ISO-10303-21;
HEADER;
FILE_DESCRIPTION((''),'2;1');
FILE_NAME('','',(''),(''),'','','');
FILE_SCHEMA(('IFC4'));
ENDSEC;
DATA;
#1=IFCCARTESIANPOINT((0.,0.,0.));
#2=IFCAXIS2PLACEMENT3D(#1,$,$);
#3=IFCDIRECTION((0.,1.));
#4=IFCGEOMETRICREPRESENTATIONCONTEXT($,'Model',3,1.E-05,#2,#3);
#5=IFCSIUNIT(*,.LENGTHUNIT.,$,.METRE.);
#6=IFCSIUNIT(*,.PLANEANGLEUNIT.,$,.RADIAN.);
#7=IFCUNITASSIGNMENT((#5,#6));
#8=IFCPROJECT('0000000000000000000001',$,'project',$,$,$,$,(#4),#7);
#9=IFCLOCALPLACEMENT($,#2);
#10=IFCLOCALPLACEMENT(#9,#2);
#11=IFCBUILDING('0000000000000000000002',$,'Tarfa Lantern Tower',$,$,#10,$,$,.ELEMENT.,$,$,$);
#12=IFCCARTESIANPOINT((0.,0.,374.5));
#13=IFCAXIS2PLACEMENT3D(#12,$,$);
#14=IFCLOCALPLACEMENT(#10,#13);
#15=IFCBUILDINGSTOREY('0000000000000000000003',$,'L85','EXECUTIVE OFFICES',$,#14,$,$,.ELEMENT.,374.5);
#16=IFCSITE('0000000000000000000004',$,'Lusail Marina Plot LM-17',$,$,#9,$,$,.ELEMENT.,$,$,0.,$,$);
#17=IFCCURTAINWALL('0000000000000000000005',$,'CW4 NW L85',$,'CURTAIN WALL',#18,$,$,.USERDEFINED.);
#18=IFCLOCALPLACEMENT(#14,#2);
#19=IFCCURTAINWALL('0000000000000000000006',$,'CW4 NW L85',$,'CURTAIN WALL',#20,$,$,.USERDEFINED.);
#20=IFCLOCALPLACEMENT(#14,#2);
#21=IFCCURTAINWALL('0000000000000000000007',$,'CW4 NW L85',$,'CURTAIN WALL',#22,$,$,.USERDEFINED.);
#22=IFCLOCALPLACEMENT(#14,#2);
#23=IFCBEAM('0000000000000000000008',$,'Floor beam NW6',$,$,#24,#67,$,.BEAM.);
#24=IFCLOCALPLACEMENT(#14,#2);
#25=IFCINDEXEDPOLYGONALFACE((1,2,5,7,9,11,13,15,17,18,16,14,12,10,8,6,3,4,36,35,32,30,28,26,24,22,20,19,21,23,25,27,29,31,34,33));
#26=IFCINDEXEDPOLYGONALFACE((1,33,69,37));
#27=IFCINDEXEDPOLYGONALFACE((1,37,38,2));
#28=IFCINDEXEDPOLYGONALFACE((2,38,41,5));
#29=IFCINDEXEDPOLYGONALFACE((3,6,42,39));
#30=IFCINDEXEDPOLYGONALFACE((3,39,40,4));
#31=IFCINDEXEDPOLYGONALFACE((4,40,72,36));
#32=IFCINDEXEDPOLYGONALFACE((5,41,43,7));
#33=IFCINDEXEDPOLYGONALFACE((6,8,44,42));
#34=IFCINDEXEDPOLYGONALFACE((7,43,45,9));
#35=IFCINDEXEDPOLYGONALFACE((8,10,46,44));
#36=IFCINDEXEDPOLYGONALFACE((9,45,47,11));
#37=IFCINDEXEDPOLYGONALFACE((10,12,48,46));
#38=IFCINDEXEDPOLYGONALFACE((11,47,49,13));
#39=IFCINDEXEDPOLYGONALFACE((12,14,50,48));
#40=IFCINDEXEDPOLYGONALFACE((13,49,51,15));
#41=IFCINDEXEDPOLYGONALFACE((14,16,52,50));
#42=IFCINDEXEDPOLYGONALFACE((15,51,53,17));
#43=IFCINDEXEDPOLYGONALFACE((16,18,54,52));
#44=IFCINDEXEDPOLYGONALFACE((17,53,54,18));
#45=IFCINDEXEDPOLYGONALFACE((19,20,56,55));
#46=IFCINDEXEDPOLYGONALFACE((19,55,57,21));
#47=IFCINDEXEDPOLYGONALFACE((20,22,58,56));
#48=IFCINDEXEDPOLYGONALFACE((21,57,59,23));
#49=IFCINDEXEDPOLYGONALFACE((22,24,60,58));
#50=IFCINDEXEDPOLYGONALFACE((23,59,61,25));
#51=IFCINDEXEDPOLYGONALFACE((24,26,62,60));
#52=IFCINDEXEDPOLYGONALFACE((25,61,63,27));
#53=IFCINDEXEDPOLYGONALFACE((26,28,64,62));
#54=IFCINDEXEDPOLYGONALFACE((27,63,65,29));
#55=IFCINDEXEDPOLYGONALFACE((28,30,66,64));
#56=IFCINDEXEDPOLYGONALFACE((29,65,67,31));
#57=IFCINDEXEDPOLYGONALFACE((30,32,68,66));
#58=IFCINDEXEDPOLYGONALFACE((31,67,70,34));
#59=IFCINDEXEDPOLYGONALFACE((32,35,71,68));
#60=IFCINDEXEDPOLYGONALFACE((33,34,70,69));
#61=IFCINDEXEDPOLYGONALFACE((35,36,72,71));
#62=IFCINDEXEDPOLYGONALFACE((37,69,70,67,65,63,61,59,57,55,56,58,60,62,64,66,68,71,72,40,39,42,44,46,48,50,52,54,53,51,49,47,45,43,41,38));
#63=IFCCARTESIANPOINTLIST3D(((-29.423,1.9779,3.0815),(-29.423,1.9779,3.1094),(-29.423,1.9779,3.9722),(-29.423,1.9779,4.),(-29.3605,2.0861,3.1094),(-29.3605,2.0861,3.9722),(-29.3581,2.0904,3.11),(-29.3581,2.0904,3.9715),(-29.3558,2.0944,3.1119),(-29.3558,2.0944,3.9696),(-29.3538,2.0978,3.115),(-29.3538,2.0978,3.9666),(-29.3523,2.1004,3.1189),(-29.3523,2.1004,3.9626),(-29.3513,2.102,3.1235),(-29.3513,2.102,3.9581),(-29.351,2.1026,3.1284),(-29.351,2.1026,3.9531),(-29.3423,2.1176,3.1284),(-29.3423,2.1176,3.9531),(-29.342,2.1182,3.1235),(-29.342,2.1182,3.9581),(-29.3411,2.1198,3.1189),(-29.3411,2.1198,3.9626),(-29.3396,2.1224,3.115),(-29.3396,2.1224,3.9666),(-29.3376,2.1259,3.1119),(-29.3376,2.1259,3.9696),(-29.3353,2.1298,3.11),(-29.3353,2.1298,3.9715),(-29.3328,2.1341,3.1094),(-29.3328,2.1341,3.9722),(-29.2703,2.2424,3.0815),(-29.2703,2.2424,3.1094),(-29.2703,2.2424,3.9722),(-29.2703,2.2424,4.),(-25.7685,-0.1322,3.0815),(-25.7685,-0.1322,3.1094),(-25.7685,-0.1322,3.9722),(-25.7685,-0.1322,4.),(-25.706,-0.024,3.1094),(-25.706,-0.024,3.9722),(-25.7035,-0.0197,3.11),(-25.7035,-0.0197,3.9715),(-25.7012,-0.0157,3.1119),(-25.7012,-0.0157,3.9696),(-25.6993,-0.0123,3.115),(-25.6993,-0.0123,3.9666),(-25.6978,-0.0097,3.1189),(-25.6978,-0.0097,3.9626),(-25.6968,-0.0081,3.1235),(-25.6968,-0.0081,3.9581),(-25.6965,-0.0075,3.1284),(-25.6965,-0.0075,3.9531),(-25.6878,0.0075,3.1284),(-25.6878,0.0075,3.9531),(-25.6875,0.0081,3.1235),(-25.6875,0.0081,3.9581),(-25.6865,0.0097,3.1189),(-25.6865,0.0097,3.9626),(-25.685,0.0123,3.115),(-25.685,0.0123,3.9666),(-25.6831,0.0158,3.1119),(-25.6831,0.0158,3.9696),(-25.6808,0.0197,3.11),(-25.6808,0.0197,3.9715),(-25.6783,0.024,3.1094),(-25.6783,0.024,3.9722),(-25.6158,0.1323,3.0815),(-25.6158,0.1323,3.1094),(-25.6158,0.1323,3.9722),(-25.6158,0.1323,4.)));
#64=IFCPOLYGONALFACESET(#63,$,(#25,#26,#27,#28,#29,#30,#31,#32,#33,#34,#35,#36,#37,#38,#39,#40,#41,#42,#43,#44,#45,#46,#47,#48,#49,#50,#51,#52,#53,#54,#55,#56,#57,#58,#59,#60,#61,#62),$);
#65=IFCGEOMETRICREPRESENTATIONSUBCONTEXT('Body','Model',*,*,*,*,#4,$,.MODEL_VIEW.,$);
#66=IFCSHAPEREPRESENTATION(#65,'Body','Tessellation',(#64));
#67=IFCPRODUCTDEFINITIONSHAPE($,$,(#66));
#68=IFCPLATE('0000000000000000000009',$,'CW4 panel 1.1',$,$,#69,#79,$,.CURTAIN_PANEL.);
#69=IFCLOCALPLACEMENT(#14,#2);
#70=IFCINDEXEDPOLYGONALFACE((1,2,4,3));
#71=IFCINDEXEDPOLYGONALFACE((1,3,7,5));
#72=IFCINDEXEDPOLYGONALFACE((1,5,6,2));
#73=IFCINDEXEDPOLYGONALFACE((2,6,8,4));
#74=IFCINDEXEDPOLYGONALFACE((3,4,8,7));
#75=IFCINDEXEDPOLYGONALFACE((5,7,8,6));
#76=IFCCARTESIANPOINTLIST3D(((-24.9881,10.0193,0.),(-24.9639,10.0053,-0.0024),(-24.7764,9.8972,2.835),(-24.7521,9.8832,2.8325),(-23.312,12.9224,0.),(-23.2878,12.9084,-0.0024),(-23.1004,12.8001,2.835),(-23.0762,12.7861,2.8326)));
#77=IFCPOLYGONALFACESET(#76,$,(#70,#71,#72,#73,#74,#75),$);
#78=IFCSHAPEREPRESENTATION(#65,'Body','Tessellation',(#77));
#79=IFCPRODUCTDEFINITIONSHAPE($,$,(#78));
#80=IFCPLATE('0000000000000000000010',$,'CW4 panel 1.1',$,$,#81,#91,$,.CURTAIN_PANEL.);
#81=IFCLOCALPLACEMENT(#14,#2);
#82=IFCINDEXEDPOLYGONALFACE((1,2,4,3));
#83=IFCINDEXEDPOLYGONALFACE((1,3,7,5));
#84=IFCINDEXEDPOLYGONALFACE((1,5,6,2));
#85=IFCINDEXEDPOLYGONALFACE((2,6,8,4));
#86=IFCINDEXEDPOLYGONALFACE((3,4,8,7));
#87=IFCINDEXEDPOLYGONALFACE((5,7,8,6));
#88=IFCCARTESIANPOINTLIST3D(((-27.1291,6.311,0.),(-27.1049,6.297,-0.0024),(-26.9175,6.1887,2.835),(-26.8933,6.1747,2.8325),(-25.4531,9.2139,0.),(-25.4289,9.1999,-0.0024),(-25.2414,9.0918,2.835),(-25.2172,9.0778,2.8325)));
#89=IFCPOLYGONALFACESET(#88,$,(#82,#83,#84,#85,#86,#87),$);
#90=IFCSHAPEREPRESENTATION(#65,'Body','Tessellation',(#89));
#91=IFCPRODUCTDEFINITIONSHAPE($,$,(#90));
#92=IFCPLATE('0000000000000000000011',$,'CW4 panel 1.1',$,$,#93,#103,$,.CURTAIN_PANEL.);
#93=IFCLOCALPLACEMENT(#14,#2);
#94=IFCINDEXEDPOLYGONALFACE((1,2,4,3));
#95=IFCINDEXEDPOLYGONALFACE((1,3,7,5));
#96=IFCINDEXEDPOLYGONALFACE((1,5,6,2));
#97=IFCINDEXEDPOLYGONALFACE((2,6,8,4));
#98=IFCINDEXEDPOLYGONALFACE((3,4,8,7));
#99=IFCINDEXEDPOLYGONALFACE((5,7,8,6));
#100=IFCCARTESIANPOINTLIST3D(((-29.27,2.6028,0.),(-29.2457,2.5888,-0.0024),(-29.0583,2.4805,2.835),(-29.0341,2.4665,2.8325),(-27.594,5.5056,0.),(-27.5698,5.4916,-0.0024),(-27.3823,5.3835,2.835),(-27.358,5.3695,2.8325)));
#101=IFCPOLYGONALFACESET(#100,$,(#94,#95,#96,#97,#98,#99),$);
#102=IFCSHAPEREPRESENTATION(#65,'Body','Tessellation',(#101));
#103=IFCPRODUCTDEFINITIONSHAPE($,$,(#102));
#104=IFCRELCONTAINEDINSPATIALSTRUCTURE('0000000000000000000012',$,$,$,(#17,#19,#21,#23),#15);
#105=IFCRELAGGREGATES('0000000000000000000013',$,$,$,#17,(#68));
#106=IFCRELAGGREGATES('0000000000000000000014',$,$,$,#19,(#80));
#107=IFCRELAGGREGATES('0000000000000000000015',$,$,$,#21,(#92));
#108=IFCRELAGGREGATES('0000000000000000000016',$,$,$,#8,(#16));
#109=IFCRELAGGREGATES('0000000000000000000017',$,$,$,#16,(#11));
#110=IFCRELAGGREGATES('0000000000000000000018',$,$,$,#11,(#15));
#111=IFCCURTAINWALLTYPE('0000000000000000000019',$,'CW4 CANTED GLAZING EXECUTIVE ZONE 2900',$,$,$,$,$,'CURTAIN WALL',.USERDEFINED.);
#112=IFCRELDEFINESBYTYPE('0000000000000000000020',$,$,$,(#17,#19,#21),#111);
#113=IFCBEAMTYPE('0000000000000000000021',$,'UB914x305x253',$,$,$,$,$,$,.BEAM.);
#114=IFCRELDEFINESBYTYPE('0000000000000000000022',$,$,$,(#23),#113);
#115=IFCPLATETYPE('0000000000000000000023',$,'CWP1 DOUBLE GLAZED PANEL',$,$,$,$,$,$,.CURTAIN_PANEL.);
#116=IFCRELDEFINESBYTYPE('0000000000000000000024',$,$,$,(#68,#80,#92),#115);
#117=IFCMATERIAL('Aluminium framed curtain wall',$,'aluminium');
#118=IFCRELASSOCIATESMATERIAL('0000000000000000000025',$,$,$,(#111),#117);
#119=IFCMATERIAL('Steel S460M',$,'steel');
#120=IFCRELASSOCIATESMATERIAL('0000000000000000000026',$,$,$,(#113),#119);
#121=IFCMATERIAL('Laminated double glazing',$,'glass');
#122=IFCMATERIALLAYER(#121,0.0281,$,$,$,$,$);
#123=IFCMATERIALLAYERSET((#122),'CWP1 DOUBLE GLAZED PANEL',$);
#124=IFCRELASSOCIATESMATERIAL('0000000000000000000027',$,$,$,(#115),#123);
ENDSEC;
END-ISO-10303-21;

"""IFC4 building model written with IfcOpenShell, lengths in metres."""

from ifc_helpers import new_model, si_unit, direction, frame, origin, origin_2d, place, context, subcontext, project, spatial, polyline, i_section, outline, extrude, material, layer, layer_set, material_profile, profile_set, type_object, element, aggregate, save


model = new_model("IFC4")

# Units and contexts
model_context = context("Model", 3, precision=1e-05, world=origin(), true_north=direction((0.0, 1.0)))
body_context = subcontext(model_context, "Body", "Model", "MODEL_VIEW")
ifc_project = project(units=[si_unit("LENGTHUNIT", "METRE"), si_unit("PLANEANGLEUNIT", "RADIAN")], contexts=[model_context])

# Site, building, storey
site_placement = place(None, origin())
site = spatial("IfcSite", under=ifc_project, at=site_placement, Name="Lusail Marina Plot LM-17", CompositionType="ELEMENT", RefElevation=0.0)
building_placement = place(site_placement, origin())
building = spatial("IfcBuilding", under=site, at=building_placement, Name="Tarfa Lantern Tower", CompositionType="ELEMENT")
storey_placement = place(building_placement, frame((0.0, 0.0, 374.5)))
storey = spatial("IfcBuildingStorey", under=building, at=storey_placement, Name="L85", Description="EXECUTIVE OFFICES", CompositionType="ELEMENT", Elevation=374.5)

# Curtain walls
ifc_material_1 = material(Name="Aluminium framed curtain wall", Category="aluminium")
curtain_wall_type = type_object("IfcCurtainWallType", Name="CW4 CANTED GLAZING EXECUTIVE ZONE 2900", ElementType="CURTAIN WALL", PredefinedType="USERDEFINED", material=ifc_material_1)
curtain_wall_1_placement = place(storey_placement, origin())
curtain_wall_1 = element("IfcCurtainWall", 1, at=curtain_wall_1_placement, inside=storey, type_object=curtain_wall_type, Name="CW4 NW L85", ObjectType="CURTAIN WALL", PredefinedType="USERDEFINED")
curtain_wall_2_placement = place(storey_placement, origin())
curtain_wall_2 = element("IfcCurtainWall", 2, at=curtain_wall_2_placement, inside=storey, type_object=curtain_wall_type, Name="CW4 NW L85", ObjectType="CURTAIN WALL", PredefinedType="USERDEFINED")
curtain_wall_3_placement = place(storey_placement, origin())
curtain_wall_3 = element("IfcCurtainWall", 3, at=curtain_wall_3_placement, inside=storey, type_object=curtain_wall_type, Name="CW4 NW L85", ObjectType="CURTAIN WALL", PredefinedType="USERDEFINED")

# Beam
ifc_material_2 = material(Name="Steel S460M", Category="steel")
ifc_material_profile_1 = material_profile(ifc_material_2, i_section(OverallWidth=0.3054, OverallDepth=0.9185, WebThickness=0.0173, FlangeThickness=0.0278, FilletRadius=0.019, at=origin_2d()), Name="UB914x305x253")
ifc_profile_set_1 = profile_set([ifc_material_profile_1], Name="Steel S460M")
beam_type_1 = type_object("IfcBeamType", Name="UB914x305x253", PredefinedType="BEAM", material=ifc_profile_set_1)
beam_1_placement = place(storey_placement, frame((-29.3467, 2.1101, 3.5408), z_axis=(0.866009, -0.500028, 0.0), x_axis=(0.500028, 0.866009, 0.0)))
element("IfcBeam", 4, at=beam_1_placement, inside=storey, type_object=beam_type_1, Name="Floor beam NW6", PredefinedType="BEAM", context=body_context, shape_type="SweptSolid", body=[
    extrude(i_section(OverallWidth=0.3054, OverallDepth=0.9185, WebThickness=0.0173, FlangeThickness=0.0278, FilletRadius=0.019, at=origin_2d()), origin(), (0.0, 0.0, 1.0), 4.22),
])

# Plates
ifc_material_3 = material(Name="Laminated double glazing", Category="glass")
ifc_layer = layer(ifc_material_3, 0.0281)
ifc_layer_set = layer_set([ifc_layer], Name="CWP1 DOUBLE GLAZED PANEL")
plate_type = type_object("IfcPlateType", Name="CWP1 DOUBLE GLAZED PANEL", PredefinedType="CURTAIN_PANEL", material=ifc_layer_set)
plate_1_placement = place(storey_placement, frame((-23.312, 12.9224, 0.0), z_axis=(-0.862824, 0.498153, 0.085893), x_axis=(-0.500001, -0.866025, 0.000002)))
plate_1 = element("IfcPlate", 5, at=plate_1_placement, type_object=plate_type, Name="CW4 panel 1.1", PredefinedType="CURTAIN_PANEL", context=body_context, shape_type="SweptSolid", body=[
    extrude(outline(polyline([(0.0, 0.0), (3.3522, 0.0), (3.352, 2.8455), (0.0001, 2.8455), (0.0, 0.0)])), origin(), (0.0, 0.0, -1.0), 0.0281),
])
aggregate(curtain_wall_1, [plate_1])
plate_2_placement = place(storey_placement, frame((-25.4531, 9.2139, 0.0), z_axis=(-0.862824, 0.498153, 0.085893), x_axis=(-0.500001, -0.866025, -0.000002)))
plate_2 = element("IfcPlate", 6, at=plate_2_placement, type_object=plate_type, Name="CW4 panel 1.1", PredefinedType="CURTAIN_PANEL", context=body_context, shape_type="SweptSolid", body=[
    extrude(outline(polyline([(0.0, 0.0), (3.3519, 0.0), (3.352, 2.8455), (-0.0001, 2.8455), (0.0, 0.0)])), origin(), (0.0, 0.0, -1.0), 0.0281),
])
aggregate(curtain_wall_2, [plate_2])
plate_3_placement = place(storey_placement, frame((-27.594, 5.5056, 0.0), z_axis=(-0.862824, 0.498153, 0.085893), x_axis=(-0.500001, -0.866025, -0.000002)))
plate_3 = element("IfcPlate", 7, at=plate_3_placement, type_object=plate_type, Name="CW4 panel 1.1", PredefinedType="CURTAIN_PANEL", context=body_context, shape_type="SweptSolid", body=[
    extrude(outline(polyline([(0.0, 0.0), (3.3519, 0.0), (3.352, 2.8455), (-0.0001, 2.8455), (0.0, 0.0)])), origin(), (0.0, 0.0, -1.0), 0.0281),
])
aggregate(curtain_wall_3, [plate_3])

save(model, "model.ifc")
